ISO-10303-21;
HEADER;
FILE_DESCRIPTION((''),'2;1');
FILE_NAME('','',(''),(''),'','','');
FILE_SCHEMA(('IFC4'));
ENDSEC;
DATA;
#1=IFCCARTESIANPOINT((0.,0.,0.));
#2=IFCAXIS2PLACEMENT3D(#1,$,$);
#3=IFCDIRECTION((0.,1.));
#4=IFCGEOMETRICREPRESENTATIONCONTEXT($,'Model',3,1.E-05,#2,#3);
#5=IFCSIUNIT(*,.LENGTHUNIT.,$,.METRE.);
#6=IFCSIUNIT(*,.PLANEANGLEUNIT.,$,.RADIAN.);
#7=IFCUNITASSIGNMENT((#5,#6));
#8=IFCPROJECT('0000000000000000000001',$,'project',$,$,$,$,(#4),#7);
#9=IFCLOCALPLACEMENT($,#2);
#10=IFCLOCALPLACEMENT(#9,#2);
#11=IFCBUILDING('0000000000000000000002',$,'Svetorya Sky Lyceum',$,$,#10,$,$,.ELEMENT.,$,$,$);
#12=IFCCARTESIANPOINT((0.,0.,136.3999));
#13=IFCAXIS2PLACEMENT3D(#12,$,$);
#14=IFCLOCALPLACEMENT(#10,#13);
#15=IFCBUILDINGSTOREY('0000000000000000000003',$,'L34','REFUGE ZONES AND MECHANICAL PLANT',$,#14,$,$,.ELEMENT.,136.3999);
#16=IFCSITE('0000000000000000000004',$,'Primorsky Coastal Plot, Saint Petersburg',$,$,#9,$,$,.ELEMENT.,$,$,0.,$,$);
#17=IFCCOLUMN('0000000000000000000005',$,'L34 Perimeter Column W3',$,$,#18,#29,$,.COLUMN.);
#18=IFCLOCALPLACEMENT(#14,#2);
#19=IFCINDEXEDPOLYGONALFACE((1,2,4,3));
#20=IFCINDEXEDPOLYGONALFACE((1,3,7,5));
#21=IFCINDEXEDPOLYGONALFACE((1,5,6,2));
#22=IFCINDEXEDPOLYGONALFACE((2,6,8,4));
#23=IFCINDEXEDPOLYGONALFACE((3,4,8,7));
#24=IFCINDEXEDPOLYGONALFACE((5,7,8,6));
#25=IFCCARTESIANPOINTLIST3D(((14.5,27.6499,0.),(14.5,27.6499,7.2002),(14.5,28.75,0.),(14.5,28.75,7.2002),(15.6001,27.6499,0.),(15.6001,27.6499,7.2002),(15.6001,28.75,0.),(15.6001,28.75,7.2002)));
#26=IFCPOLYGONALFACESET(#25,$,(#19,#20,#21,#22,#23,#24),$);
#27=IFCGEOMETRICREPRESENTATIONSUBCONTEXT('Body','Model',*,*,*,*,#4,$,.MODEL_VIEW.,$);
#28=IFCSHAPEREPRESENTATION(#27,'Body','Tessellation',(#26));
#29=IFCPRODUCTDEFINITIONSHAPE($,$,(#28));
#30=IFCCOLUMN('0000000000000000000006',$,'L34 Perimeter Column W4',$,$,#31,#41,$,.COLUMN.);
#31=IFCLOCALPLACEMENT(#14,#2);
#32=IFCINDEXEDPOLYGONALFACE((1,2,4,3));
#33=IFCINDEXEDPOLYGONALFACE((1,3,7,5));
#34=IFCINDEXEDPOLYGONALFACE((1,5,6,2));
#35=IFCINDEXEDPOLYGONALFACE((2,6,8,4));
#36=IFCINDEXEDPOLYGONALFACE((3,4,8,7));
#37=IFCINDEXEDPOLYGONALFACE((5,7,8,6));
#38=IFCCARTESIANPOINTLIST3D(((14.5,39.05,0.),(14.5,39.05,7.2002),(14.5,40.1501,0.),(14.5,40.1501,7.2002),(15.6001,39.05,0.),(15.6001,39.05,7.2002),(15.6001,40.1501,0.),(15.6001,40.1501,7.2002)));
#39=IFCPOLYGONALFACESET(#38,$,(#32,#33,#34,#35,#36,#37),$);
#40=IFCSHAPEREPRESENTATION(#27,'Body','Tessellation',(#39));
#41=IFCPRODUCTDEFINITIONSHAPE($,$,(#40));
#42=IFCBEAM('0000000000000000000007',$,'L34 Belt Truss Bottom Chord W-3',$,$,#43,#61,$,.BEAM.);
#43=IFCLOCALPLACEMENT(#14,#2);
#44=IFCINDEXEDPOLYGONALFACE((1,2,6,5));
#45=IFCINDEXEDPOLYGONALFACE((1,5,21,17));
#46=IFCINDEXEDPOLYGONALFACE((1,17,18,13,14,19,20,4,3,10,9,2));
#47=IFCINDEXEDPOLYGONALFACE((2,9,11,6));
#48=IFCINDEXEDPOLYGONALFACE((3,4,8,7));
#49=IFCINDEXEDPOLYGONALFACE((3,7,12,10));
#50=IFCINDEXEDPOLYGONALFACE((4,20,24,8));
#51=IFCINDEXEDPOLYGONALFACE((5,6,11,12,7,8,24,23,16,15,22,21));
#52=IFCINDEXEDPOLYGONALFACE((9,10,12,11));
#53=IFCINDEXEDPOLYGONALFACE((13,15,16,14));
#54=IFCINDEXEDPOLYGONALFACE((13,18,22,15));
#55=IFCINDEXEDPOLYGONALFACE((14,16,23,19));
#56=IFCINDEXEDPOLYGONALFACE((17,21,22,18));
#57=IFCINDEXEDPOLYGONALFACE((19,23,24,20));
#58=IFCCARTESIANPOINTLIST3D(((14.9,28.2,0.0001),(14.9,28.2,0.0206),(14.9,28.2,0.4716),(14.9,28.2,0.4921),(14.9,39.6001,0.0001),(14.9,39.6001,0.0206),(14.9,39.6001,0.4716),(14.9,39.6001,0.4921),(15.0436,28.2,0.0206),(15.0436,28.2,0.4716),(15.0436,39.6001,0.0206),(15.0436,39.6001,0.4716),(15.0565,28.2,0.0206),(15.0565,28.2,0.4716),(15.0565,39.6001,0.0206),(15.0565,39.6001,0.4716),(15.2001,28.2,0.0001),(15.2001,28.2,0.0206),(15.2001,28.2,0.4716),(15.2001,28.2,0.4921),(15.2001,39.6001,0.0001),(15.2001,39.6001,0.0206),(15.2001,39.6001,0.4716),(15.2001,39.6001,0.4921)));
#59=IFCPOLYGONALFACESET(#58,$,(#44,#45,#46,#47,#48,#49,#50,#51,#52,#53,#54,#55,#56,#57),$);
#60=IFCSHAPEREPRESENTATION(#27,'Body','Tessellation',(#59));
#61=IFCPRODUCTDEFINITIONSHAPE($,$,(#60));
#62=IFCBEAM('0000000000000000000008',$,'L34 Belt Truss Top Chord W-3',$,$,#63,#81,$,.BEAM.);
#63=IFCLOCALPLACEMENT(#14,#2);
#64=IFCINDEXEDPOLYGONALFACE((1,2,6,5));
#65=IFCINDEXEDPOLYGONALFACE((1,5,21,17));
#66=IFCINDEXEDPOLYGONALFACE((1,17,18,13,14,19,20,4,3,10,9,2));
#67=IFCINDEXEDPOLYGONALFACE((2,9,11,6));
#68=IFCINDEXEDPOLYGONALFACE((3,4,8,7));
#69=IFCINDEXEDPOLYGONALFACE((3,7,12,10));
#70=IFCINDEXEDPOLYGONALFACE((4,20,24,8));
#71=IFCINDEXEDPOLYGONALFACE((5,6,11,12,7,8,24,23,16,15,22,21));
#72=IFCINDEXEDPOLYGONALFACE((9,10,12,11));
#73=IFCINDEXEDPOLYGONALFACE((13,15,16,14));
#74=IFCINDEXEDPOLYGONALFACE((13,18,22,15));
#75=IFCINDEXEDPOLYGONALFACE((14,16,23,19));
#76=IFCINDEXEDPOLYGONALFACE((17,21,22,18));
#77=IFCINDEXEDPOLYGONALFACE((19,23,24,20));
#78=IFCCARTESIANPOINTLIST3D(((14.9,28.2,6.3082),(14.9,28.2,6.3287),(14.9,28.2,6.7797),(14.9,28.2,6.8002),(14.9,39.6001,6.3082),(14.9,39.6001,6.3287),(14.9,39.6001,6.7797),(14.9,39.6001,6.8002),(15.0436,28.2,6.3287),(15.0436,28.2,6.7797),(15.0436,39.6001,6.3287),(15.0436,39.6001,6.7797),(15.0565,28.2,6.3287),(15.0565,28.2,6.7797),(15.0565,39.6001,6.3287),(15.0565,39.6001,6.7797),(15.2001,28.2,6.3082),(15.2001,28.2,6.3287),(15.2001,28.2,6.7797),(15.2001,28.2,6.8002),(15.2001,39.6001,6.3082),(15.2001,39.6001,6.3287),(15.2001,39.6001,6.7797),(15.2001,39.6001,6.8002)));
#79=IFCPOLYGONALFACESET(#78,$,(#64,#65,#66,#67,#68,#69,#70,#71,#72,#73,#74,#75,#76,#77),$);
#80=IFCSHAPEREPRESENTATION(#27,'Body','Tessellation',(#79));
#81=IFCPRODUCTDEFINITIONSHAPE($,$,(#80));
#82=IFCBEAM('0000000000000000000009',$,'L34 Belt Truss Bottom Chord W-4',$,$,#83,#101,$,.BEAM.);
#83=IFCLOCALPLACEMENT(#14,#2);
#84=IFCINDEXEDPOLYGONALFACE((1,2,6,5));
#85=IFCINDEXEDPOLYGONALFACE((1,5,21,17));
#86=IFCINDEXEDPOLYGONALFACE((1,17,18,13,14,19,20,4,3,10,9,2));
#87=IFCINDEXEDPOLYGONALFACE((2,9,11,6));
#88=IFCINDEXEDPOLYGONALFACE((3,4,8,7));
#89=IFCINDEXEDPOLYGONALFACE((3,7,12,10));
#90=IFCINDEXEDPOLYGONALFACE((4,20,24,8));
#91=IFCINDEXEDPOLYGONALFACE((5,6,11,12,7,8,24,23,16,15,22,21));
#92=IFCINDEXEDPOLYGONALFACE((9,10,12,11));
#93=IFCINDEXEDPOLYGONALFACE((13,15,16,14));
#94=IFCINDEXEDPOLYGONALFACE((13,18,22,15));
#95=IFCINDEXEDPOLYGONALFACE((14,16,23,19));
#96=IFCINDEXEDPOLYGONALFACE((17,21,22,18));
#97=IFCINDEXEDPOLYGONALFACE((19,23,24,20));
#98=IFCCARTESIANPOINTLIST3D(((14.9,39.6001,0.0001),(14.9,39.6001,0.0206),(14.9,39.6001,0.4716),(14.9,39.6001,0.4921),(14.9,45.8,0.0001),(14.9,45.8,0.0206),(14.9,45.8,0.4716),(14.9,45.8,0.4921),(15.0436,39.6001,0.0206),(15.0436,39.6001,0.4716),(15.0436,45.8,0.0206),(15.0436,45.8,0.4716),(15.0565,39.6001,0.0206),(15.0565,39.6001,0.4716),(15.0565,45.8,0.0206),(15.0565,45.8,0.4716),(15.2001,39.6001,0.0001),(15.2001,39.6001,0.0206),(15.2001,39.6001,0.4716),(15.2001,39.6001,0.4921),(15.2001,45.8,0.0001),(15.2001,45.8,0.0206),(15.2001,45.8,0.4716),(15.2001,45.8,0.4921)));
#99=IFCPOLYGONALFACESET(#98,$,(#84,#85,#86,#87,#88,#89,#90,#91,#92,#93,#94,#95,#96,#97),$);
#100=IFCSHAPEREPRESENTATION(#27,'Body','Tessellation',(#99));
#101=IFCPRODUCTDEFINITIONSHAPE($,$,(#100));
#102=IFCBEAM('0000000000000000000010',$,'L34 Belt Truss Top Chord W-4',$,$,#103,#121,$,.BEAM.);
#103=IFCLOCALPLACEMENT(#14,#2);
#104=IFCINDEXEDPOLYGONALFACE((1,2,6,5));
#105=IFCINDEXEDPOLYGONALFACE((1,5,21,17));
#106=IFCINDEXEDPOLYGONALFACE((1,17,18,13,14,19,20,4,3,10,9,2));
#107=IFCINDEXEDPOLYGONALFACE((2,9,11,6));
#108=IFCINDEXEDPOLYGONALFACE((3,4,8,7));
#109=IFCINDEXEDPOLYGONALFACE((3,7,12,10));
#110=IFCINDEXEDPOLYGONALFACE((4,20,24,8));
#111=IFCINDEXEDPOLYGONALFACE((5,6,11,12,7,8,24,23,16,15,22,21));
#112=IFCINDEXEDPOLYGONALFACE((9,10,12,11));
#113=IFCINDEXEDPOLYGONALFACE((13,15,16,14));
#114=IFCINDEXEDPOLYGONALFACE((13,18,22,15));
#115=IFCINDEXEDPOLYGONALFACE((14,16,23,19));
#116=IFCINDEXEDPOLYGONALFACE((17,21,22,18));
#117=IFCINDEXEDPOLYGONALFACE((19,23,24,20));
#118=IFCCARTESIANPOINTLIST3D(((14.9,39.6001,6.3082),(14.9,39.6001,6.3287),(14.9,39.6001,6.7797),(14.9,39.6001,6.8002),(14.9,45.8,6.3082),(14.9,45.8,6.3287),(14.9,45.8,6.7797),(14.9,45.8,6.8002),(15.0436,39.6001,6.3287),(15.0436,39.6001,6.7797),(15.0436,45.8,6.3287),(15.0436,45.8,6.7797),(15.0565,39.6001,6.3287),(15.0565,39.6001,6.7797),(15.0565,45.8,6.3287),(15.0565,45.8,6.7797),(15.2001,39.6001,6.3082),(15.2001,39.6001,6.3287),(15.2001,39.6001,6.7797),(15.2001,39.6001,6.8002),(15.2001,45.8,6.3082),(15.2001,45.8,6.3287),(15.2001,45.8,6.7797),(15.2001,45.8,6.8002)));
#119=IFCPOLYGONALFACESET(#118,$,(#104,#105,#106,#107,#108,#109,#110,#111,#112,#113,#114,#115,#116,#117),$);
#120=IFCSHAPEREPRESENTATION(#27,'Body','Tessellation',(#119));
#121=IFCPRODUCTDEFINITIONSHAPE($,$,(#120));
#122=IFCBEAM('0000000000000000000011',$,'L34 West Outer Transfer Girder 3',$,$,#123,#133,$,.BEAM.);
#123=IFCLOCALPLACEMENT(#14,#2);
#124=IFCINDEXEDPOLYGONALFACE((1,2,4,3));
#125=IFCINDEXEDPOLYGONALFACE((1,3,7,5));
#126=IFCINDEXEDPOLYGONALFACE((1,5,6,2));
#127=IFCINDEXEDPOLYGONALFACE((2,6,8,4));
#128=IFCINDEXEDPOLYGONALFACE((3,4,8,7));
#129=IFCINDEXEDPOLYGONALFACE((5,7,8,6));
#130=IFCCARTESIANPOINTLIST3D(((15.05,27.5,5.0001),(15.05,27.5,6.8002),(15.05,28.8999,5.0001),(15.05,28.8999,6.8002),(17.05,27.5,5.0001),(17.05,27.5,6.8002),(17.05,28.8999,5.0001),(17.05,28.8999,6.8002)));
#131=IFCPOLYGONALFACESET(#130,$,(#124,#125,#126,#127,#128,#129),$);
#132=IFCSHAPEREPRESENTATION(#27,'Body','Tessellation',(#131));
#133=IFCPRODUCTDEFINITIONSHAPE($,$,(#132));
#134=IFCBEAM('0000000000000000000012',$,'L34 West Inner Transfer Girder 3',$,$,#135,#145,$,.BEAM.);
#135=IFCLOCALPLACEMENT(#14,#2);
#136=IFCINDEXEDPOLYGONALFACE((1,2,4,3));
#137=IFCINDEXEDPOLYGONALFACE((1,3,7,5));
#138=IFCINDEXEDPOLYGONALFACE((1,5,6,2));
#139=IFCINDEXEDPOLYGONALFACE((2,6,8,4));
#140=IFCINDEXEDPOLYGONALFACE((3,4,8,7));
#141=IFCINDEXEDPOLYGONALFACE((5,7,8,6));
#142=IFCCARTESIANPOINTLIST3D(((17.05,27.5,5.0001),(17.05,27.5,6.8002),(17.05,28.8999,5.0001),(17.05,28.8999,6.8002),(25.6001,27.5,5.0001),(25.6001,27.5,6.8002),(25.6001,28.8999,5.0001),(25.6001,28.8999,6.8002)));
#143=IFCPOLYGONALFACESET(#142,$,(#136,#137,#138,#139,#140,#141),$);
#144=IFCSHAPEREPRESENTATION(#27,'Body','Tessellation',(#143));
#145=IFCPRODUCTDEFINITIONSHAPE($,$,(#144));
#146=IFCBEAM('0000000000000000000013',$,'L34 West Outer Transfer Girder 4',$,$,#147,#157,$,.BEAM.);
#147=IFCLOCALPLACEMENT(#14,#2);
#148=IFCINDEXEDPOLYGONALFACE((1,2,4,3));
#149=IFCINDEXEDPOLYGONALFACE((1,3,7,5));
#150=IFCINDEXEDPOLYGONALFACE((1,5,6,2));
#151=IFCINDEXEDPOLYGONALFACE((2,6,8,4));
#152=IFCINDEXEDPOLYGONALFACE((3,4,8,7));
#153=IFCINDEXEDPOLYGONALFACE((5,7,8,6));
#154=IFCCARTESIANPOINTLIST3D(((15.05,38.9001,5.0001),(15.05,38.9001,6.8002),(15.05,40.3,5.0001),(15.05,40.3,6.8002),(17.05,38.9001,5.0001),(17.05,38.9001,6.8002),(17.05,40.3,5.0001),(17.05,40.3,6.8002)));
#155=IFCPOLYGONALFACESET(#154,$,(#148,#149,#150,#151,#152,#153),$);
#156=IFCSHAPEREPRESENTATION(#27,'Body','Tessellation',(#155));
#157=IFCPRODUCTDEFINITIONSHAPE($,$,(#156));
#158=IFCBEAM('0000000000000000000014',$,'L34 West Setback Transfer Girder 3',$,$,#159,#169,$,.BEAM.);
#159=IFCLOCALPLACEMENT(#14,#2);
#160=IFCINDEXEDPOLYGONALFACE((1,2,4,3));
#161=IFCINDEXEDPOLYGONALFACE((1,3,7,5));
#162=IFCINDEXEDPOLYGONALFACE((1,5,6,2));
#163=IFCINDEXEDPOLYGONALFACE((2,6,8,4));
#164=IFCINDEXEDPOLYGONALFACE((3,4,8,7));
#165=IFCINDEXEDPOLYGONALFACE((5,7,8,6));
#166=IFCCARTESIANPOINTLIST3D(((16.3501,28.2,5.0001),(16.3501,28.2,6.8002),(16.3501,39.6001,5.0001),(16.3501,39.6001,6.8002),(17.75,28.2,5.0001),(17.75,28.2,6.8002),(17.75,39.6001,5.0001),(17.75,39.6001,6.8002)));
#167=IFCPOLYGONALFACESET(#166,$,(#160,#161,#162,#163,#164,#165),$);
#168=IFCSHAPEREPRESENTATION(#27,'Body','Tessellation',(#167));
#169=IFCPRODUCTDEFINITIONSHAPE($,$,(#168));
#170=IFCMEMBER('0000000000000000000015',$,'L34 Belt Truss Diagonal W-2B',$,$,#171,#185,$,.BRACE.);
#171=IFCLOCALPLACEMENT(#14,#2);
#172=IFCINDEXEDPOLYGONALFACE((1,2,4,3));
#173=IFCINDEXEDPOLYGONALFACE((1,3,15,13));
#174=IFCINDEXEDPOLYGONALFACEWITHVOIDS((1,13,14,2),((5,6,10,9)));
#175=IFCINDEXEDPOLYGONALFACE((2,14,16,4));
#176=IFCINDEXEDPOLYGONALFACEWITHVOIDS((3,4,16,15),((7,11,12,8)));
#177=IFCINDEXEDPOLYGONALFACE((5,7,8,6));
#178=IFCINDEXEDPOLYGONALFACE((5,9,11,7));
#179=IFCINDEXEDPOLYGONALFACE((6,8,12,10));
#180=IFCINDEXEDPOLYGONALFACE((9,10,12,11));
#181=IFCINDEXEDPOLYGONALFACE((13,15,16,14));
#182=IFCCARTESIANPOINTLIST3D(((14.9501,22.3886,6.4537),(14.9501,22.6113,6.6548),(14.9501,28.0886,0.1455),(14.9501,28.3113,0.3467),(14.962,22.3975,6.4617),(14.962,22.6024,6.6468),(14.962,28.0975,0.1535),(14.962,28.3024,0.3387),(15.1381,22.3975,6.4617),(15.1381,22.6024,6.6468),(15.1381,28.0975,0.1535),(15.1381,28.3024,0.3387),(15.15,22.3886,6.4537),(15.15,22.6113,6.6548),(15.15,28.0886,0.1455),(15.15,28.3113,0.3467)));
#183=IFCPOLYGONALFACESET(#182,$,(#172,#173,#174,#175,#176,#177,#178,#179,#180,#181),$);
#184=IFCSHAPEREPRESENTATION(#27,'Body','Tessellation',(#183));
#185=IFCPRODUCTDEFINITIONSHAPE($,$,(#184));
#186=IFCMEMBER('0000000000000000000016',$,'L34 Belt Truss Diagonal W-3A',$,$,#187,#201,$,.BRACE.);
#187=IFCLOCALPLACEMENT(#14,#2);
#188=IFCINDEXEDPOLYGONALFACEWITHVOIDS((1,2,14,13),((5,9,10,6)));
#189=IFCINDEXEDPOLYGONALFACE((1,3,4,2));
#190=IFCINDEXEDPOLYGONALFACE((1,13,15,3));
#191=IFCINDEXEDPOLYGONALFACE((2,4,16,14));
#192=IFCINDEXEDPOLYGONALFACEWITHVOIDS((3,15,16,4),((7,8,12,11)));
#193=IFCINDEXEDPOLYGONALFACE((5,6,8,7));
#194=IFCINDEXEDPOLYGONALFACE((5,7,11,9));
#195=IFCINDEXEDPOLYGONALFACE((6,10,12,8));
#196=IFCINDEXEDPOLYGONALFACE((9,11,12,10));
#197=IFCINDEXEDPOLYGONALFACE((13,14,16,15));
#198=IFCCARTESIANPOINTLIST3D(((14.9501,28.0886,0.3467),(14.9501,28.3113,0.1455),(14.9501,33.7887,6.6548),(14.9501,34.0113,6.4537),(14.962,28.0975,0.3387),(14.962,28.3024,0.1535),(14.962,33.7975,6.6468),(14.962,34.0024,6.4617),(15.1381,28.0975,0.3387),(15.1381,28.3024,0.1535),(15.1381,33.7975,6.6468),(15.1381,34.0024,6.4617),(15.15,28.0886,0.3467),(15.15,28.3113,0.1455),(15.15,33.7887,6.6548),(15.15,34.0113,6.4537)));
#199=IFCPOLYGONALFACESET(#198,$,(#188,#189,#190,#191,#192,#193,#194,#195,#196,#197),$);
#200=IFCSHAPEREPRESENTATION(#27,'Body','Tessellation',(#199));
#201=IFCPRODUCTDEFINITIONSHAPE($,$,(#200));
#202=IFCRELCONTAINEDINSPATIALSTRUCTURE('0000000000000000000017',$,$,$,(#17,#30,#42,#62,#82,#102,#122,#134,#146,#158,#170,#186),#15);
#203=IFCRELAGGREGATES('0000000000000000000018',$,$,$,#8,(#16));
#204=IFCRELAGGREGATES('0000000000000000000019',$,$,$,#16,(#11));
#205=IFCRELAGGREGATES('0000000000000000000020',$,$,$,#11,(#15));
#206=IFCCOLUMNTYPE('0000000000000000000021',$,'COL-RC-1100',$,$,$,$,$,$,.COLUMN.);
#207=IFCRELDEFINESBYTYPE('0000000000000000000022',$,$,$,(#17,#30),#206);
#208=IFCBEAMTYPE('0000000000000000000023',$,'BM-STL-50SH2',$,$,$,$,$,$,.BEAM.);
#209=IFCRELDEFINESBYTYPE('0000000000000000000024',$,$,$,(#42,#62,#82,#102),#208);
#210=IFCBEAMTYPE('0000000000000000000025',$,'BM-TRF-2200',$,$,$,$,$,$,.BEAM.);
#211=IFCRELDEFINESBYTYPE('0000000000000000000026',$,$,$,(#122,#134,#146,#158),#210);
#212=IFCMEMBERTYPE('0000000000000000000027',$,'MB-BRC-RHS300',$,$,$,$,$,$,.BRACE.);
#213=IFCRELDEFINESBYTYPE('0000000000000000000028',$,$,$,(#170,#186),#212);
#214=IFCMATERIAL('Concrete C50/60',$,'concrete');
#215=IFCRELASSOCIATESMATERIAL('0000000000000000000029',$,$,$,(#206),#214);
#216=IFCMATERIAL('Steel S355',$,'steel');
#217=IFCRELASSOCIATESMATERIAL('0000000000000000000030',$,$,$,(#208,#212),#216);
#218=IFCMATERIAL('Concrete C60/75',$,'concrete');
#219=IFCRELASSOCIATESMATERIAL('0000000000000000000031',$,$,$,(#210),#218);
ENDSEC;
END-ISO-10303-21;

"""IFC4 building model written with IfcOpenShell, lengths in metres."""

from ifc_helpers import new_model, si_unit, direction, frame, origin, origin_2d, place, context, subcontext, project, spatial, rectangle, hollow_rectangle, i_section, extrude, material, material_profile, profile_set, type_object, element, save


model = new_model("IFC4")

# Units and contexts
model_context = context("Model", 3, precision=1e-05, world=origin(), true_north=direction((0.0, 1.0)))
body_context = subcontext(model_context, "Body", "Model", "MODEL_VIEW")
ifc_project = project(units=[si_unit("LENGTHUNIT", "METRE"), si_unit("PLANEANGLEUNIT", "RADIAN")], contexts=[model_context])

# Site, building, storey
site_placement = place(None, origin())
site = spatial("IfcSite", under=ifc_project, at=site_placement, Name="Primorsky Coastal Plot, Saint Petersburg", CompositionType="ELEMENT", RefElevation=0.0)
building_placement = place(site_placement, origin())
building = spatial("IfcBuilding", under=site, at=building_placement, Name="Svetorya Sky Lyceum", CompositionType="ELEMENT")
storey_placement = place(building_placement, frame((0.0, 0.0, 136.3999)))
storey = spatial("IfcBuildingStorey", under=building, at=storey_placement, Name="L34", Description="REFUGE ZONES AND MECHANICAL PLANT", CompositionType="ELEMENT", Elevation=136.3999)

# Columns
ifc_material_1 = material(Name="Concrete C50/60", Category="concrete")
ifc_material_profile_1 = material_profile(ifc_material_1, rectangle(XDim=1.1001, YDim=1.1001, at=origin_2d()), Name="RC COL 1100x1100")
ifc_profile_set_1 = profile_set([ifc_material_profile_1], Name="Concrete C50/60")
column_type = type_object("IfcColumnType", Name="COL-RC-1100", PredefinedType="COLUMN", material=ifc_profile_set_1)
for number, where, z_axis, x_axis, name in (
    (1, (15.05, 28.2, 0.0), (0.0, 0.0, 1.0), (1.0, 0.0, 0.0), "L34 Perimeter Column W3"),
    (2, (15.05, 39.6001, 0.0), (0.0, 0.0, 1.0), (1.0, 0.0, 0.0), "L34 Perimeter Column W4"),
):
    element("IfcColumn", number, at=place(storey_placement, frame(where, z_axis=z_axis, x_axis=x_axis)), inside=storey, type_object=column_type, Name=name, PredefinedType="COLUMN", context=body_context, shape_type="SweptSolid", body=[
        extrude(rectangle(XDim=1.1001, YDim=1.1001, at=origin_2d()), origin(), (0.0, 0.0, 1.0), 7.2002),
    ])

# Beams
ifc_material_2 = material(Name="Steel S355", Category="steel")
ifc_material_profile_2 = material_profile(ifc_material_2, i_section(OverallWidth=0.3, OverallDepth=0.4919, WebThickness=0.0129, FlangeThickness=0.0205, at=origin_2d()), Name="GOST 50Sh2")
ifc_profile_set_2 = profile_set([ifc_material_profile_2], Name="Steel S355")
beam_type_1 = type_object("IfcBeamType", Name="BM-STL-50SH2", PredefinedType="BEAM", material=ifc_profile_set_2)
for number, where, z_axis, x_axis, name in (
    (3, (15.05, 28.2, 0.2461), (0.0, 1.0, 0.0), (-1.0, 0.0, 0.0), "L34 Belt Truss Bottom Chord W-3"),
    (4, (15.05, 28.2, 6.5542), (0.0, 1.0, 0.0), (-1.0, 0.0, 0.0), "L34 Belt Truss Top Chord W-3"),
):
    element("IfcBeam", number, at=place(storey_placement, frame(where, z_axis=z_axis, x_axis=x_axis)), inside=storey, type_object=beam_type_1, Name=name, PredefinedType="BEAM", context=body_context, shape_type="SweptSolid", body=[
        extrude(i_section(OverallWidth=0.3, OverallDepth=0.4919, WebThickness=0.0129, FlangeThickness=0.0205, at=origin_2d()), origin(), (0.0, 0.0, 1.0), 11.4001),
    ])
for number, where, z_axis, x_axis, name in (
    (5, (15.05, 39.6001, 0.2461), (0.0, 1.0, 0.0), (-1.0, 0.0, 0.0), "L34 Belt Truss Bottom Chord W-4"),
    (6, (15.05, 39.6001, 6.5542), (0.0, 1.0, 0.0), (-1.0, 0.0, 0.0), "L34 Belt Truss Top Chord W-4"),
):
    element("IfcBeam", number, at=place(storey_placement, frame(where, z_axis=z_axis, x_axis=x_axis)), inside=storey, type_object=beam_type_1, Name=name, PredefinedType="BEAM", context=body_context, shape_type="SweptSolid", body=[
        extrude(i_section(OverallWidth=0.3, OverallDepth=0.4919, WebThickness=0.0129, FlangeThickness=0.0205, at=origin_2d()), origin(), (0.0, 0.0, 1.0), 6.2),
    ])
ifc_material_3 = material(Name="Concrete C60/75", Category="concrete")
ifc_material_profile_3 = material_profile(ifc_material_3, rectangle(XDim=1.3999, YDim=1.8, at=origin_2d()), Name="RC TRANSFER 1400x1800")
ifc_profile_set_3 = profile_set([ifc_material_profile_3], Name="Concrete C60/75")
beam_type_2 = type_object("IfcBeamType", Name="BM-TRF-2200", PredefinedType="BEAM", material=ifc_profile_set_3)
beam_1_placement = place(storey_placement, frame((15.05, 28.2, 5.9001), z_axis=(1.0, 0.0, 0.0), x_axis=(0.0, 1.0, 0.0)))
element("IfcBeam", 7, at=beam_1_placement, inside=storey, type_object=beam_type_2, Name="L34 West Outer Transfer Girder 3", PredefinedType="BEAM", context=body_context, shape_type="SweptSolid", body=[
    extrude(rectangle(XDim=1.3999, YDim=1.8, at=origin_2d()), origin(), (0.0, 0.0, 1.0), 2.0),
])
beam_2_placement = place(storey_placement, frame((17.05, 28.2, 5.9001), z_axis=(1.0, 0.0, 0.0), x_axis=(0.0, 1.0, 0.0)))
element("IfcBeam", 8, at=beam_2_placement, inside=storey, type_object=beam_type_2, Name="L34 West Inner Transfer Girder 3", PredefinedType="BEAM", context=body_context, shape_type="SweptSolid", body=[
    extrude(rectangle(XDim=1.3999, YDim=1.8, at=origin_2d()), origin(), (0.0, 0.0, 1.0), 8.55),
])
beam_3_placement = place(storey_placement, frame((15.05, 39.6001, 5.9001), z_axis=(1.0, 0.0, 0.0), x_axis=(0.0, 1.0, 0.0)))
element("IfcBeam", 9, at=beam_3_placement, inside=storey, type_object=beam_type_2, Name="L34 West Outer Transfer Girder 4", PredefinedType="BEAM", context=body_context, shape_type="SweptSolid", body=[
    extrude(rectangle(XDim=1.3999, YDim=1.8, at=origin_2d()), origin(), (0.0, 0.0, 1.0), 2.0),
])
beam_4_placement = place(storey_placement, frame((17.05, 28.2, 5.9001), z_axis=(0.0, 1.0, 0.0), x_axis=(-1.0, 0.0, 0.0)))
element("IfcBeam", 10, at=beam_4_placement, inside=storey, type_object=beam_type_2, Name="L34 West Setback Transfer Girder 3", PredefinedType="BEAM", context=body_context, shape_type="SweptSolid", body=[
    extrude(rectangle(XDim=1.3999, YDim=1.8, at=origin_2d()), origin(), (0.0, 0.0, 1.0), 11.4001),
])

# Members
ifc_material_profile_4 = material_profile(ifc_material_2, hollow_rectangle(XDim=0.2, YDim=0.3, WallThickness=0.012, at=origin_2d()), Name="RHS 300x200x12")
ifc_profile_set_4 = profile_set([ifc_material_profile_4], Name="Steel S355")
member_type_1 = type_object("IfcMemberType", Name="MB-BRC-RHS300", PredefinedType="BRACE", material=ifc_profile_set_4)
for number, where, z_axis, x_axis, name in (
    (11, (15.05, 28.2, 0.2461), (0.0, -0.670436, 0.741968), (1.0, 0.0, 0.0), "L34 Belt Truss Diagonal W-2B"),
    (12, (15.05, 28.2, 0.2461), (0.0, 0.670436, 0.741968), (-1.0, 0.0, 0.0), "L34 Belt Truss Diagonal W-3A"),
):
    element("IfcMember", number, at=place(storey_placement, frame(where, z_axis=z_axis, x_axis=x_axis)), inside=storey, type_object=member_type_1, Name=name, PredefinedType="BRACE", context=body_context, shape_type="SweptSolid", body=[
        extrude(hollow_rectangle(XDim=0.2, YDim=0.3, WallThickness=0.012, at=origin_2d()), origin(), (0.0, 0.0, 1.0), 8.502),
    ])

save(model, "model.ifc")
